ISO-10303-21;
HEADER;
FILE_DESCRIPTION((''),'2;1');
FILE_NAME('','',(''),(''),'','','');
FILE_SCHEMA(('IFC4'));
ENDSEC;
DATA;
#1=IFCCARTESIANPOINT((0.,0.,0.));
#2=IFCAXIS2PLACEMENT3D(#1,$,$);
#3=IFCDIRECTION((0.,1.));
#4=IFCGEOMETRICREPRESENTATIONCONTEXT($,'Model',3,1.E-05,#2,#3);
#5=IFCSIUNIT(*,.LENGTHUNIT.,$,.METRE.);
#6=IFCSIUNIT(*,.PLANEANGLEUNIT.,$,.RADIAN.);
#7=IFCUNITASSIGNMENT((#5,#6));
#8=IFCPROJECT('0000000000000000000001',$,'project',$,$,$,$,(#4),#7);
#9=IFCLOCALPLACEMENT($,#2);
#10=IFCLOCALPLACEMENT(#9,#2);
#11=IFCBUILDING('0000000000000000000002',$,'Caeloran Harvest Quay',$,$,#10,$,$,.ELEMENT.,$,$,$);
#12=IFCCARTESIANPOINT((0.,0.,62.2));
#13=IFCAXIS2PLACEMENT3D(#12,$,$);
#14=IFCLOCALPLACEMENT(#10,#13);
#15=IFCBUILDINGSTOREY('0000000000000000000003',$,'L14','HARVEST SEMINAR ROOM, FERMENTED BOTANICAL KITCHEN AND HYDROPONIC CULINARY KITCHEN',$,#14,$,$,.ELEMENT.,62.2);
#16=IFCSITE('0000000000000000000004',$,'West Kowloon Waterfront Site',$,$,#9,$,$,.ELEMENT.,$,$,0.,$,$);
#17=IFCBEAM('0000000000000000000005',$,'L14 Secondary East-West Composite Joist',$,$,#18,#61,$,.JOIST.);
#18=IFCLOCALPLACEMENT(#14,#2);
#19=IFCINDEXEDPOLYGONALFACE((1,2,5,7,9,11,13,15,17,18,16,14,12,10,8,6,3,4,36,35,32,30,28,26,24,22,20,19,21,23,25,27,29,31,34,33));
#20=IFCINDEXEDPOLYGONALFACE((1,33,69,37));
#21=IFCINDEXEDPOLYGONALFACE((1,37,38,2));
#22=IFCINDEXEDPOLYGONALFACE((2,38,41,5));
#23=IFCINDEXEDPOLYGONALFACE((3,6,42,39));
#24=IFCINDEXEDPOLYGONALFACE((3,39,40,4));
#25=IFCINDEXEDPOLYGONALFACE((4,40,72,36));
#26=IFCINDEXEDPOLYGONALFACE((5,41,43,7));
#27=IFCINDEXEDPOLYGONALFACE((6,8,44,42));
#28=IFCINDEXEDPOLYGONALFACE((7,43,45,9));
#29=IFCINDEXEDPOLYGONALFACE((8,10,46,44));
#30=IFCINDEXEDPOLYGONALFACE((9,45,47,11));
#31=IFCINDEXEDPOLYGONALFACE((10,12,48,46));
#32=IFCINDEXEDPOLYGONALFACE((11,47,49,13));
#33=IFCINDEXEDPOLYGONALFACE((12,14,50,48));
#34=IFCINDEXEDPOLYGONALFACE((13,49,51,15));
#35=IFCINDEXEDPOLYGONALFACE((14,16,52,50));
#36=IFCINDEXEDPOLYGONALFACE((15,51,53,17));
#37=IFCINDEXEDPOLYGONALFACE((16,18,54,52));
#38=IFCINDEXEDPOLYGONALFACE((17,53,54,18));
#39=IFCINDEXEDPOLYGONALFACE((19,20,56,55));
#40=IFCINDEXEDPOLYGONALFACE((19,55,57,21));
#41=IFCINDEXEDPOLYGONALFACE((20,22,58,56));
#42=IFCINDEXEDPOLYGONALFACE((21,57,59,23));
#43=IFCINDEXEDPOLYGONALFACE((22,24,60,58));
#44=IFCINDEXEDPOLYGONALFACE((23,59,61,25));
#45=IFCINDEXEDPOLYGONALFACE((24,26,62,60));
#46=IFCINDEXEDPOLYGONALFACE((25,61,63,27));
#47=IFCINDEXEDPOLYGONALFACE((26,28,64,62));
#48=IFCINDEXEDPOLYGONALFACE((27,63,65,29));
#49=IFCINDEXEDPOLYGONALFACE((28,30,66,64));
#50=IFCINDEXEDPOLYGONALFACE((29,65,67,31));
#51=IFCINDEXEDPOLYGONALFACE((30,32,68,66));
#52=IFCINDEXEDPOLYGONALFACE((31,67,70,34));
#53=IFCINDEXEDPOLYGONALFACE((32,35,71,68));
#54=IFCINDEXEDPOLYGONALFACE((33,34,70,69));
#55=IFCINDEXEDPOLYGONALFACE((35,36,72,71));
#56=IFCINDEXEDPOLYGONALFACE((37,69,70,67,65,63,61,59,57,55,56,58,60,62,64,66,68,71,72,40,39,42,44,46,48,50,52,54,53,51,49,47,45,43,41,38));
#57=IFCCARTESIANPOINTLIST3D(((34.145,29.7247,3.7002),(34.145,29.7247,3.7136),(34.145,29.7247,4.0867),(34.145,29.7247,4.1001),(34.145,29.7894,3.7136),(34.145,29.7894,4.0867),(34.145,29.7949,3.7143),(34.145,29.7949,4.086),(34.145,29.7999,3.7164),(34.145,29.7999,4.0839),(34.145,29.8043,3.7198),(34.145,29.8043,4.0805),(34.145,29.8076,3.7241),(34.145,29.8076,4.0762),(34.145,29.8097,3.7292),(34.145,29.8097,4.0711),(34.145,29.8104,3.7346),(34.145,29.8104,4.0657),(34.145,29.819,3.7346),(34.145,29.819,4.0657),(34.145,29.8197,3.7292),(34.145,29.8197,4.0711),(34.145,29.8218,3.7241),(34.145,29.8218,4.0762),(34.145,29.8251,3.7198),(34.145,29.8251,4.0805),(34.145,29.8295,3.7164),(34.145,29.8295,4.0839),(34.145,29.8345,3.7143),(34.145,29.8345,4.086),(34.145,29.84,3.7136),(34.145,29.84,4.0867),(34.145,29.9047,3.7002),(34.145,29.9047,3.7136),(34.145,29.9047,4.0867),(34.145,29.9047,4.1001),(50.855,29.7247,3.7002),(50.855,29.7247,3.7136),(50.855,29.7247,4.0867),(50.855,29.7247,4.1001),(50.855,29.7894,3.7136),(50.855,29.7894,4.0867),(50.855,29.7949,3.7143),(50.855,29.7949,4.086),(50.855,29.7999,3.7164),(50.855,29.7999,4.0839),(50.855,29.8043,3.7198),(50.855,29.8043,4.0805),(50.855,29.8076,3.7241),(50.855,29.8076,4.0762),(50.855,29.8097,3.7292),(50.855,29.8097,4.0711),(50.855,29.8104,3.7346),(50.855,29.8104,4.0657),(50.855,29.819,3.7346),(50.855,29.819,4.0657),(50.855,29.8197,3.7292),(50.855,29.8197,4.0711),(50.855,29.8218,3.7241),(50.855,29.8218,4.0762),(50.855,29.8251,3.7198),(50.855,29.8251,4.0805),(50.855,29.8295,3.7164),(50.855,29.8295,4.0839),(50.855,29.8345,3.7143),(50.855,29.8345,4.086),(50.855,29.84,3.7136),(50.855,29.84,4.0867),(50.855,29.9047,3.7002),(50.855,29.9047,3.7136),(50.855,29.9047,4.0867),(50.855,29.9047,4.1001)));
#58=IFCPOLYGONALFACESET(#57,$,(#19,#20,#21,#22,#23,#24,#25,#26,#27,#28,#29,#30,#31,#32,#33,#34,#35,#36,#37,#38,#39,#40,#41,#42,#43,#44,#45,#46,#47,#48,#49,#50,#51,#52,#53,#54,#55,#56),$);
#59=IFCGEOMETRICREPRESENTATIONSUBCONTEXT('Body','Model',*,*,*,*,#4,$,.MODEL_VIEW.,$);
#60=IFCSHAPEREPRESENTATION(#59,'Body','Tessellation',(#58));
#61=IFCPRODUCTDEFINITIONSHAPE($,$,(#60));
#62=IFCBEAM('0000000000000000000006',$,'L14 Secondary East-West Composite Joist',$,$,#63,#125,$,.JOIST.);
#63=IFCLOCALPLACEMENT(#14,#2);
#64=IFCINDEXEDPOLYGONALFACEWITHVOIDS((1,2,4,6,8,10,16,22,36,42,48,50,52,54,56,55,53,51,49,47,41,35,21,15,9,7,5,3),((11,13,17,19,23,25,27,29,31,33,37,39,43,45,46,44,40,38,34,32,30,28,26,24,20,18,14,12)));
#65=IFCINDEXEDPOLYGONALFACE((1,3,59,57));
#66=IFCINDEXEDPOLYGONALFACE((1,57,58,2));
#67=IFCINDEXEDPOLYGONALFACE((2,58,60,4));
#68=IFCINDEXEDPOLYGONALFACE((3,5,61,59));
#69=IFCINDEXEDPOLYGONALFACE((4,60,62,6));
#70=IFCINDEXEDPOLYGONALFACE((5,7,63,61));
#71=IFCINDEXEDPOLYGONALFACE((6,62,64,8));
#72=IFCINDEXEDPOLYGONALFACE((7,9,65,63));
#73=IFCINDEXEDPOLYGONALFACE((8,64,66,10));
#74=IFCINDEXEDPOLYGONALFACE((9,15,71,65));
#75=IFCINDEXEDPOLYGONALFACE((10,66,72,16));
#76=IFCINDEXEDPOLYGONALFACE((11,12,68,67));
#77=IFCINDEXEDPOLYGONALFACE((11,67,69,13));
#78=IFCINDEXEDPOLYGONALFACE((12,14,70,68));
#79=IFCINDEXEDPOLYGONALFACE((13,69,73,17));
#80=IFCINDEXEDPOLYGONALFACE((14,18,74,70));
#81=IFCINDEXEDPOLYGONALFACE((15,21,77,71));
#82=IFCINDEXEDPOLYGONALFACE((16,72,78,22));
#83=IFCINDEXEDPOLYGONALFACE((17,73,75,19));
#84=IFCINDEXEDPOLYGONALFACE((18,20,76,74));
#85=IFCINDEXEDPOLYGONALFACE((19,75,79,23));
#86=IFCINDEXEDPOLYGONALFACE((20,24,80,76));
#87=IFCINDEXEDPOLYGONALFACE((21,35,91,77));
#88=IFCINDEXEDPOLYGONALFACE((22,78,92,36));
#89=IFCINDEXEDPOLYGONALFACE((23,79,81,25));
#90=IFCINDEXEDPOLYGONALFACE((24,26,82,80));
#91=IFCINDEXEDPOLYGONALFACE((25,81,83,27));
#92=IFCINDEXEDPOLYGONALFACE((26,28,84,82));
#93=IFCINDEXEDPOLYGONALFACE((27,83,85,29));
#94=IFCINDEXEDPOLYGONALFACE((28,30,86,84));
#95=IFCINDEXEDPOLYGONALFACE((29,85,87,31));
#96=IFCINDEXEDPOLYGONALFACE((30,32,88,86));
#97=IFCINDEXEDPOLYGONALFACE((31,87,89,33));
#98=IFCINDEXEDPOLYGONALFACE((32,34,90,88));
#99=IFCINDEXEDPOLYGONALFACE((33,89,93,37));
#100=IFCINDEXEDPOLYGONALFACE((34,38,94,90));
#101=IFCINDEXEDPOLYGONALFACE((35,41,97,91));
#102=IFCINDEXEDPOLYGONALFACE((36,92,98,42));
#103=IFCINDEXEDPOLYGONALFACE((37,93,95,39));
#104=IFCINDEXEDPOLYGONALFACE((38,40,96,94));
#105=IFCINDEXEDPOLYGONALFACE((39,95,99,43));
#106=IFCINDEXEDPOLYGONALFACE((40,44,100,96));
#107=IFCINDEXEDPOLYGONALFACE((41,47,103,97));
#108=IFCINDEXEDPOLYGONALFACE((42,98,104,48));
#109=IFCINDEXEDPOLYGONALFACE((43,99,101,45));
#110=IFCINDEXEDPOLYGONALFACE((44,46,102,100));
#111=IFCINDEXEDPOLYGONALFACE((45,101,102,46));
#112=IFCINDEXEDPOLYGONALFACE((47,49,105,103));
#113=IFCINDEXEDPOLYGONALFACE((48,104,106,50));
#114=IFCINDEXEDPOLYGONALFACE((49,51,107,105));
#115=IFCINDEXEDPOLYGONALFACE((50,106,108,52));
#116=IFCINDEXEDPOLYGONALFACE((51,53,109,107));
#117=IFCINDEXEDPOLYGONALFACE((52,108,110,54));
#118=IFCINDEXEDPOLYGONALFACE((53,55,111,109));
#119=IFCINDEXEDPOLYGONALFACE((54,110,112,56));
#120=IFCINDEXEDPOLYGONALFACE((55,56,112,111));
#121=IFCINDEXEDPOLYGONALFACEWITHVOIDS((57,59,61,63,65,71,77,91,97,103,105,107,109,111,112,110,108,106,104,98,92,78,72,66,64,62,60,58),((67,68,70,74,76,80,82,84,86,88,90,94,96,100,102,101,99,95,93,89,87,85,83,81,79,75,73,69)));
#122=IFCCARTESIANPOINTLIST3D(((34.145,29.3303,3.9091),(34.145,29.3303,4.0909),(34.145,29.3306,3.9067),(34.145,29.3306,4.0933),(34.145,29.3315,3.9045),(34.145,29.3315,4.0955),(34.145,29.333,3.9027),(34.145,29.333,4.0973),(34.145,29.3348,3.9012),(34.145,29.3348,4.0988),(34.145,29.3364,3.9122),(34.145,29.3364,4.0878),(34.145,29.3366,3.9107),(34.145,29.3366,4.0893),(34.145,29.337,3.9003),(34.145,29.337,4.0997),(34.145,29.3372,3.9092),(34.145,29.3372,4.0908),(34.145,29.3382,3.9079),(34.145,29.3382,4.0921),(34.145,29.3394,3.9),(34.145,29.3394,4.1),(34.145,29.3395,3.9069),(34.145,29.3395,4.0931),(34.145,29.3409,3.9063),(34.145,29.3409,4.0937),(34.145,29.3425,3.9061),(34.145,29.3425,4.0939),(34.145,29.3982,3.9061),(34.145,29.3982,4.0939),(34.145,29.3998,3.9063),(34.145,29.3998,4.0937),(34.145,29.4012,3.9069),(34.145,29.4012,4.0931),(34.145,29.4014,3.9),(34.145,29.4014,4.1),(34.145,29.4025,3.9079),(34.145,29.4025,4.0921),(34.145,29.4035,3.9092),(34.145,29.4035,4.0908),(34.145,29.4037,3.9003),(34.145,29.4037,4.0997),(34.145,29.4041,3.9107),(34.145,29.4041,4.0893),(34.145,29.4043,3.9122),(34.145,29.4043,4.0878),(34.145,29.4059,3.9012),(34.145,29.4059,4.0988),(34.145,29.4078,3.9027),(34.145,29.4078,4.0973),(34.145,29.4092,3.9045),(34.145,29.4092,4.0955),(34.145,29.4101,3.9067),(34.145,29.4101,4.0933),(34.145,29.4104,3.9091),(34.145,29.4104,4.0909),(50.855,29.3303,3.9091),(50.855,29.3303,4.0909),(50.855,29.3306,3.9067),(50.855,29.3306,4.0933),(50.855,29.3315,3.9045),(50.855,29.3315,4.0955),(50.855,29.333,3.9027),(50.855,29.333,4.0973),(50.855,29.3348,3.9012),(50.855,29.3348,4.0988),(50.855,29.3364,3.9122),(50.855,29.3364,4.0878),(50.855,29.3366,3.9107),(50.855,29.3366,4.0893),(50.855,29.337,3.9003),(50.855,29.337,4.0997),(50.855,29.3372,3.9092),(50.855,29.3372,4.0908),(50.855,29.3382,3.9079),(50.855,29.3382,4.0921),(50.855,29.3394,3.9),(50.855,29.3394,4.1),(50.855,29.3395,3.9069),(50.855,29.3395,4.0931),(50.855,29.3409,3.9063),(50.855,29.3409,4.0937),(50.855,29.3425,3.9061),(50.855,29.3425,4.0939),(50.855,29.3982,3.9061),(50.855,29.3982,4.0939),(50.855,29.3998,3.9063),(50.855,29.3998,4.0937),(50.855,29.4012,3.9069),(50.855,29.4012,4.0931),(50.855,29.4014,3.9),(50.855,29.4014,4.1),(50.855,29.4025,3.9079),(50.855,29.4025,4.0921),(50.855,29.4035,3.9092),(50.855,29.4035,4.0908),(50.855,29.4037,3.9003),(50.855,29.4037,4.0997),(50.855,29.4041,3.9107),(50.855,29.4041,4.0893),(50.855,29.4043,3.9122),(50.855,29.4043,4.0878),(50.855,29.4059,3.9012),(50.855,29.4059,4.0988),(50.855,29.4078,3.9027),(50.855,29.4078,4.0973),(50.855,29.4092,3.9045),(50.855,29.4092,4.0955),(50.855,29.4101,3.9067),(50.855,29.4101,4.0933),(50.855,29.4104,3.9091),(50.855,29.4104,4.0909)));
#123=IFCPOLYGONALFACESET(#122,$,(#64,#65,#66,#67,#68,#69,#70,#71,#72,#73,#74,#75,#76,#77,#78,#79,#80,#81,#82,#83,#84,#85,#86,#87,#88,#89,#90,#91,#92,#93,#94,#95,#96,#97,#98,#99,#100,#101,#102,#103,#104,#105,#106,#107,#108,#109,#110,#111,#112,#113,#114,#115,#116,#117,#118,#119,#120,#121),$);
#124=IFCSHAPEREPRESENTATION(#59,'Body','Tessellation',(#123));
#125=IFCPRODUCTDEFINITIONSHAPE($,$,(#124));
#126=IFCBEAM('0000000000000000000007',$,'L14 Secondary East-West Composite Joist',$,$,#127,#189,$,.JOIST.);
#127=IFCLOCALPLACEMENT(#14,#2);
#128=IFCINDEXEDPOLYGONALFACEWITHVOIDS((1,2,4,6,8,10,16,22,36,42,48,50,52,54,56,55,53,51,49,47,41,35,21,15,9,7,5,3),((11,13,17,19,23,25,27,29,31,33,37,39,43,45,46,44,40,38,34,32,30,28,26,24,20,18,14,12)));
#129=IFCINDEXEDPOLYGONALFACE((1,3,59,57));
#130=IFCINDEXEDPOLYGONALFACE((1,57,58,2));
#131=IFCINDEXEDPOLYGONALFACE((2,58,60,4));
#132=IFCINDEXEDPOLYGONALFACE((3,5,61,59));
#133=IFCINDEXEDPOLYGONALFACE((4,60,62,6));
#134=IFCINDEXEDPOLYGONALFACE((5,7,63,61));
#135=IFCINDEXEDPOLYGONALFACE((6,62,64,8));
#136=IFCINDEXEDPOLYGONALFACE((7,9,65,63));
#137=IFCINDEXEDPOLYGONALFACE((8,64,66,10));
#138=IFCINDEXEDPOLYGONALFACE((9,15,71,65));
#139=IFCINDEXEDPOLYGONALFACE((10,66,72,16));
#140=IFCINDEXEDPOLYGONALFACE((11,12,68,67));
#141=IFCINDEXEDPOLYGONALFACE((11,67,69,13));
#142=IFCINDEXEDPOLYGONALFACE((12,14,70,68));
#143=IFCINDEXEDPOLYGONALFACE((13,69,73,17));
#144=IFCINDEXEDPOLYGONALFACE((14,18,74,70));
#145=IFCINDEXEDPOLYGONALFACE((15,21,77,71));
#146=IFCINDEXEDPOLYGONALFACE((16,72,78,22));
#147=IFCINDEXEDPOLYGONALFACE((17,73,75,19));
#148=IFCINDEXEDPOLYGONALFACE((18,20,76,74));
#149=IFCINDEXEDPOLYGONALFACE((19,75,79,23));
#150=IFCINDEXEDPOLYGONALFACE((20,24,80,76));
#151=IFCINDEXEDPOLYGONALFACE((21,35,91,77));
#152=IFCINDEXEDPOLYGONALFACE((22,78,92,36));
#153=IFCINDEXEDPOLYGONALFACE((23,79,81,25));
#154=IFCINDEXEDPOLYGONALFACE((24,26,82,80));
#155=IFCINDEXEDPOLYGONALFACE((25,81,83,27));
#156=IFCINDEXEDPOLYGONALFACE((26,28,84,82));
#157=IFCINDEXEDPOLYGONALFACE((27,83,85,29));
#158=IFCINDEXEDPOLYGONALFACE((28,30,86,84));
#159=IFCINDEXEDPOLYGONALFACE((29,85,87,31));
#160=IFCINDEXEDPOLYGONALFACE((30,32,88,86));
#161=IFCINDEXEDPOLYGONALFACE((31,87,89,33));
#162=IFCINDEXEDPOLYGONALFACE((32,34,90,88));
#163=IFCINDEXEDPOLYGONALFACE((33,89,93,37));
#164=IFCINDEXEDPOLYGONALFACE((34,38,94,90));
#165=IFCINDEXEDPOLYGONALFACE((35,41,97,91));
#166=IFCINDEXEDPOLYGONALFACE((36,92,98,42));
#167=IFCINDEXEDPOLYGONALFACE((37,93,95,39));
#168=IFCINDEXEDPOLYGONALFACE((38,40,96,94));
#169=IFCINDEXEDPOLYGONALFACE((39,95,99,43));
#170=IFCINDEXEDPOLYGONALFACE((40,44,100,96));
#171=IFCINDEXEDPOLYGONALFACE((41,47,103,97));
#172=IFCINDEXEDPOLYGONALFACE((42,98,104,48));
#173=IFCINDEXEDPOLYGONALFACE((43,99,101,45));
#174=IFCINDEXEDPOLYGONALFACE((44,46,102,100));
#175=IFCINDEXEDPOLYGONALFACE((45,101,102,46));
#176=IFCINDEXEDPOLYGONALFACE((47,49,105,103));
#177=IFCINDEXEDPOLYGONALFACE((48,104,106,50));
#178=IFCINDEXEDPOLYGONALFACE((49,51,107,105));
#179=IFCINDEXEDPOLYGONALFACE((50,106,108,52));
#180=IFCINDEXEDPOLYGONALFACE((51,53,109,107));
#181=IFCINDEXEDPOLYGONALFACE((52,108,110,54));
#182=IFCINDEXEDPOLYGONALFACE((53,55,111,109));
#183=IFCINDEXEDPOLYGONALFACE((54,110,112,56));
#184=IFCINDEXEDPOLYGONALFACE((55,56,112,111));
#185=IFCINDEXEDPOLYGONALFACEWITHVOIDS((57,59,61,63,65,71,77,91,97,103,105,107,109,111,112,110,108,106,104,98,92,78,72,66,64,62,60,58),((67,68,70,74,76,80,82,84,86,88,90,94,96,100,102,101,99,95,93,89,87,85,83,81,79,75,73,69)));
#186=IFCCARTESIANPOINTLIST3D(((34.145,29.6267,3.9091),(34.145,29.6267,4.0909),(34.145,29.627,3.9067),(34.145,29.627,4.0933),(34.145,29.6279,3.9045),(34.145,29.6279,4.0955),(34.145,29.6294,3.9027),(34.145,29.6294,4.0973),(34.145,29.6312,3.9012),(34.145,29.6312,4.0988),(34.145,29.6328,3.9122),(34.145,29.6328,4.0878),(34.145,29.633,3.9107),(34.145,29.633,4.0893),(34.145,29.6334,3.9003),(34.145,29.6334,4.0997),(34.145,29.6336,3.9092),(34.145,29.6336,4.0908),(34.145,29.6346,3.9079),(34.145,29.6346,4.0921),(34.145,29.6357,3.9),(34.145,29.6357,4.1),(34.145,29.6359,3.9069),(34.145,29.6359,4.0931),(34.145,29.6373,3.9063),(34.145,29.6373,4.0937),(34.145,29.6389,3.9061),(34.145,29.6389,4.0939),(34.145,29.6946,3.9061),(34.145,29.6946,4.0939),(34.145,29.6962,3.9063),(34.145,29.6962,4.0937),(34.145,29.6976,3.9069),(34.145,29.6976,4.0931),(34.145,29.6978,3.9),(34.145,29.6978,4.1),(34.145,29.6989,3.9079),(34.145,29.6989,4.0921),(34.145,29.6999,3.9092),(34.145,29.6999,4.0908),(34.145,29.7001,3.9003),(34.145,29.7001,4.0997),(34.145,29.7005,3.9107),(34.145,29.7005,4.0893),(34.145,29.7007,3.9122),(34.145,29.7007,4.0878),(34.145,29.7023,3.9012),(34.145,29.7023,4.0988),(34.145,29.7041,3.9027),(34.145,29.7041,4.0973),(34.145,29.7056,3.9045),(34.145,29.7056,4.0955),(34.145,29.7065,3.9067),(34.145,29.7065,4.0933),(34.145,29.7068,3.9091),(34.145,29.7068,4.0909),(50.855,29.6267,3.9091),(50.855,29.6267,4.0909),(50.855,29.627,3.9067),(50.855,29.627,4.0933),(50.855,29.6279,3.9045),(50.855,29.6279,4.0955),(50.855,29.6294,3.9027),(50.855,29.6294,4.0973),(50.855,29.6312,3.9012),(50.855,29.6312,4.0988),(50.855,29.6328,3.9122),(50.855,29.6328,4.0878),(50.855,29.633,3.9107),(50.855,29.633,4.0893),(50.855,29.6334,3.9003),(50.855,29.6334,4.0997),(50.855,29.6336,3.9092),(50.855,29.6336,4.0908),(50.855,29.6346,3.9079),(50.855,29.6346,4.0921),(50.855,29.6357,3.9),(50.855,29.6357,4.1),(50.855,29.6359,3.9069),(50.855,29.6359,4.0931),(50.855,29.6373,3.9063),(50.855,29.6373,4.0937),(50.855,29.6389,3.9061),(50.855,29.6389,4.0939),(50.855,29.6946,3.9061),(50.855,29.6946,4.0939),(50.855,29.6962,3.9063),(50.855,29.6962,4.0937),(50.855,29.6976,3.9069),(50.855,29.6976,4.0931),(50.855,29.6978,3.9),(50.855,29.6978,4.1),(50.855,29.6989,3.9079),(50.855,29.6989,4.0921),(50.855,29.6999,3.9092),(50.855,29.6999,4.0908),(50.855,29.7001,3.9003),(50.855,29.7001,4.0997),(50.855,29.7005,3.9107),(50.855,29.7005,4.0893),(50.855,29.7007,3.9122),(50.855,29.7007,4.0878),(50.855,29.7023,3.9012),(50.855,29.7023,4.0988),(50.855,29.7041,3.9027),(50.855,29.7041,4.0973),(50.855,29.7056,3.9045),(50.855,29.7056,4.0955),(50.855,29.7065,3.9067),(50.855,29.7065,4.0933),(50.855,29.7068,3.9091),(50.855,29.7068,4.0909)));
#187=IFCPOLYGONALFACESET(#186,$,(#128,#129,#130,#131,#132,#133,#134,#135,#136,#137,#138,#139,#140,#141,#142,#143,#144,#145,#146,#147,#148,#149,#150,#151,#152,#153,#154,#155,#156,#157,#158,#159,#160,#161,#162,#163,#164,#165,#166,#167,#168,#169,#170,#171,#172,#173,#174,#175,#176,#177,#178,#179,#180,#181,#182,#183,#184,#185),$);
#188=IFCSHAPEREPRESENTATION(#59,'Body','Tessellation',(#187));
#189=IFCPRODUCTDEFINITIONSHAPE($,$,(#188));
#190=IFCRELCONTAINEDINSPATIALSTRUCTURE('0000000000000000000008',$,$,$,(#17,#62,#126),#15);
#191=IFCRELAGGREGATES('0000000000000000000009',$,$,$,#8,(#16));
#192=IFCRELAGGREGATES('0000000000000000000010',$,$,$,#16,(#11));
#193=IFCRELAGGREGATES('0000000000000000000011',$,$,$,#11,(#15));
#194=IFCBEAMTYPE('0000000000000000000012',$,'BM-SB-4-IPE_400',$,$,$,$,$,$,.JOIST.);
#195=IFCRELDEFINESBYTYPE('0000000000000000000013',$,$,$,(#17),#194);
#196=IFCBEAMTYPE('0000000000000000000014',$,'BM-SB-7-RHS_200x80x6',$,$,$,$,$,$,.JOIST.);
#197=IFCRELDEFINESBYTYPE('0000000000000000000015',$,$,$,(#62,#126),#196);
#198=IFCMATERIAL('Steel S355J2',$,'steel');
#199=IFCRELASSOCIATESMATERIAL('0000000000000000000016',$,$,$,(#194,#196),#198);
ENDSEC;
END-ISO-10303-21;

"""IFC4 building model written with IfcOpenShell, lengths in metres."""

from ifc_helpers import new_model, si_unit, direction, frame, origin, origin_2d, place, context, subcontext, project, spatial, hollow_rectangle, i_section, extrude, material, material_profile, profile_set, type_object, element, save


model = new_model("IFC4")

# Units and contexts
model_context = context("Model", 3, precision=1e-05, world=origin(), true_north=direction((0.0, 1.0)))
body_context = subcontext(model_context, "Body", "Model", "MODEL_VIEW")
ifc_project = project(units=[si_unit("LENGTHUNIT", "METRE"), si_unit("PLANEANGLEUNIT", "RADIAN")], contexts=[model_context])

# Site, building, storey
site_placement = place(None, origin())
site = spatial("IfcSite", under=ifc_project, at=site_placement, Name="West Kowloon Waterfront Site", CompositionType="ELEMENT", RefElevation=0.0)
building_placement = place(site_placement, origin())
building = spatial("IfcBuilding", under=site, at=building_placement, Name="Caeloran Harvest Quay", CompositionType="ELEMENT")
storey_placement = place(building_placement, frame((0.0, 0.0, 62.2)))
storey = spatial("IfcBuildingStorey", under=building, at=storey_placement, Name="L14", Description="HARVEST SEMINAR ROOM, FERMENTED BOTANICAL KITCHEN AND HYDROPONIC CULINARY KITCHEN", CompositionType="ELEMENT", Elevation=62.2)

# Beams
ifc_material_1 = material(Name="Steel S355J2", Category="steel")
ifc_material_profile_1 = material_profile(ifc_material_1, i_section(OverallWidth=0.1799, OverallDepth=0.3999, WebThickness=0.0085, FlangeThickness=0.0134, FilletRadius=0.021, at=origin_2d()), Name="IPE 400")
ifc_profile_set_1 = profile_set([ifc_material_profile_1], Name="Steel S355J2")
beam_type_1 = type_object("IfcBeamType", Name="BM-SB-4-IPE_400", PredefinedType="JOIST", material=ifc_profile_set_1)
for number, where, z_axis, x_axis, name in (
    (1, (34.145, 29.8147, 3.9001), (1.0, 0.0, 0.0), (0.0, 1.0, 0.0), "L14 Secondary East-West Composite Joist"),
):
    element("IfcBeam", number, at=place(storey_placement, frame(where, z_axis=z_axis, x_axis=x_axis)), inside=storey, type_object=beam_type_1, Name=name, PredefinedType="JOIST", context=body_context, shape_type="SweptSolid", body=[
        extrude(i_section(OverallWidth=0.1799, OverallDepth=0.3999, WebThickness=0.0085, FlangeThickness=0.0134, FilletRadius=0.021, at=origin_2d()), origin(), (0.0, 0.0, 1.0), 16.71),
    ])
ifc_material_profile_2 = material_profile(ifc_material_1, hollow_rectangle(XDim=0.0801, YDim=0.2, WallThickness=0.0061, InnerFilletRadius=0.0061, OuterFilletRadius=0.009, at=origin_2d()), Name="RHS 200x80x6")
ifc_profile_set_2 = profile_set([ifc_material_profile_2], Name="Steel S355J2")
beam_type_2 = type_object("IfcBeamType", Name="BM-SB-7-RHS_200x80x6", PredefinedType="JOIST", material=ifc_profile_set_2)
for number, where, z_axis, x_axis, name in (
    (2, (34.145, 29.3704, 4.0), (1.0, 0.0, 0.0), (0.0, 1.0, 0.0), "L14 Secondary East-West Composite Joist"),
    (3, (34.145, 29.6667, 4.0), (1.0, 0.0, 0.0), (0.0, 1.0, 0.0), "L14 Secondary East-West Composite Joist"),
):
    element("IfcBeam", number, at=place(storey_placement, frame(where, z_axis=z_axis, x_axis=x_axis)), inside=storey, type_object=beam_type_2, Name=name, PredefinedType="JOIST", context=body_context, shape_type="SweptSolid", body=[
        extrude(hollow_rectangle(XDim=0.0801, YDim=0.2, WallThickness=0.0061, InnerFilletRadius=0.0061, OuterFilletRadius=0.009, at=origin_2d()), origin(), (0.0, 0.0, 1.0), 16.71),
    ])

save(model, "model.ifc")
